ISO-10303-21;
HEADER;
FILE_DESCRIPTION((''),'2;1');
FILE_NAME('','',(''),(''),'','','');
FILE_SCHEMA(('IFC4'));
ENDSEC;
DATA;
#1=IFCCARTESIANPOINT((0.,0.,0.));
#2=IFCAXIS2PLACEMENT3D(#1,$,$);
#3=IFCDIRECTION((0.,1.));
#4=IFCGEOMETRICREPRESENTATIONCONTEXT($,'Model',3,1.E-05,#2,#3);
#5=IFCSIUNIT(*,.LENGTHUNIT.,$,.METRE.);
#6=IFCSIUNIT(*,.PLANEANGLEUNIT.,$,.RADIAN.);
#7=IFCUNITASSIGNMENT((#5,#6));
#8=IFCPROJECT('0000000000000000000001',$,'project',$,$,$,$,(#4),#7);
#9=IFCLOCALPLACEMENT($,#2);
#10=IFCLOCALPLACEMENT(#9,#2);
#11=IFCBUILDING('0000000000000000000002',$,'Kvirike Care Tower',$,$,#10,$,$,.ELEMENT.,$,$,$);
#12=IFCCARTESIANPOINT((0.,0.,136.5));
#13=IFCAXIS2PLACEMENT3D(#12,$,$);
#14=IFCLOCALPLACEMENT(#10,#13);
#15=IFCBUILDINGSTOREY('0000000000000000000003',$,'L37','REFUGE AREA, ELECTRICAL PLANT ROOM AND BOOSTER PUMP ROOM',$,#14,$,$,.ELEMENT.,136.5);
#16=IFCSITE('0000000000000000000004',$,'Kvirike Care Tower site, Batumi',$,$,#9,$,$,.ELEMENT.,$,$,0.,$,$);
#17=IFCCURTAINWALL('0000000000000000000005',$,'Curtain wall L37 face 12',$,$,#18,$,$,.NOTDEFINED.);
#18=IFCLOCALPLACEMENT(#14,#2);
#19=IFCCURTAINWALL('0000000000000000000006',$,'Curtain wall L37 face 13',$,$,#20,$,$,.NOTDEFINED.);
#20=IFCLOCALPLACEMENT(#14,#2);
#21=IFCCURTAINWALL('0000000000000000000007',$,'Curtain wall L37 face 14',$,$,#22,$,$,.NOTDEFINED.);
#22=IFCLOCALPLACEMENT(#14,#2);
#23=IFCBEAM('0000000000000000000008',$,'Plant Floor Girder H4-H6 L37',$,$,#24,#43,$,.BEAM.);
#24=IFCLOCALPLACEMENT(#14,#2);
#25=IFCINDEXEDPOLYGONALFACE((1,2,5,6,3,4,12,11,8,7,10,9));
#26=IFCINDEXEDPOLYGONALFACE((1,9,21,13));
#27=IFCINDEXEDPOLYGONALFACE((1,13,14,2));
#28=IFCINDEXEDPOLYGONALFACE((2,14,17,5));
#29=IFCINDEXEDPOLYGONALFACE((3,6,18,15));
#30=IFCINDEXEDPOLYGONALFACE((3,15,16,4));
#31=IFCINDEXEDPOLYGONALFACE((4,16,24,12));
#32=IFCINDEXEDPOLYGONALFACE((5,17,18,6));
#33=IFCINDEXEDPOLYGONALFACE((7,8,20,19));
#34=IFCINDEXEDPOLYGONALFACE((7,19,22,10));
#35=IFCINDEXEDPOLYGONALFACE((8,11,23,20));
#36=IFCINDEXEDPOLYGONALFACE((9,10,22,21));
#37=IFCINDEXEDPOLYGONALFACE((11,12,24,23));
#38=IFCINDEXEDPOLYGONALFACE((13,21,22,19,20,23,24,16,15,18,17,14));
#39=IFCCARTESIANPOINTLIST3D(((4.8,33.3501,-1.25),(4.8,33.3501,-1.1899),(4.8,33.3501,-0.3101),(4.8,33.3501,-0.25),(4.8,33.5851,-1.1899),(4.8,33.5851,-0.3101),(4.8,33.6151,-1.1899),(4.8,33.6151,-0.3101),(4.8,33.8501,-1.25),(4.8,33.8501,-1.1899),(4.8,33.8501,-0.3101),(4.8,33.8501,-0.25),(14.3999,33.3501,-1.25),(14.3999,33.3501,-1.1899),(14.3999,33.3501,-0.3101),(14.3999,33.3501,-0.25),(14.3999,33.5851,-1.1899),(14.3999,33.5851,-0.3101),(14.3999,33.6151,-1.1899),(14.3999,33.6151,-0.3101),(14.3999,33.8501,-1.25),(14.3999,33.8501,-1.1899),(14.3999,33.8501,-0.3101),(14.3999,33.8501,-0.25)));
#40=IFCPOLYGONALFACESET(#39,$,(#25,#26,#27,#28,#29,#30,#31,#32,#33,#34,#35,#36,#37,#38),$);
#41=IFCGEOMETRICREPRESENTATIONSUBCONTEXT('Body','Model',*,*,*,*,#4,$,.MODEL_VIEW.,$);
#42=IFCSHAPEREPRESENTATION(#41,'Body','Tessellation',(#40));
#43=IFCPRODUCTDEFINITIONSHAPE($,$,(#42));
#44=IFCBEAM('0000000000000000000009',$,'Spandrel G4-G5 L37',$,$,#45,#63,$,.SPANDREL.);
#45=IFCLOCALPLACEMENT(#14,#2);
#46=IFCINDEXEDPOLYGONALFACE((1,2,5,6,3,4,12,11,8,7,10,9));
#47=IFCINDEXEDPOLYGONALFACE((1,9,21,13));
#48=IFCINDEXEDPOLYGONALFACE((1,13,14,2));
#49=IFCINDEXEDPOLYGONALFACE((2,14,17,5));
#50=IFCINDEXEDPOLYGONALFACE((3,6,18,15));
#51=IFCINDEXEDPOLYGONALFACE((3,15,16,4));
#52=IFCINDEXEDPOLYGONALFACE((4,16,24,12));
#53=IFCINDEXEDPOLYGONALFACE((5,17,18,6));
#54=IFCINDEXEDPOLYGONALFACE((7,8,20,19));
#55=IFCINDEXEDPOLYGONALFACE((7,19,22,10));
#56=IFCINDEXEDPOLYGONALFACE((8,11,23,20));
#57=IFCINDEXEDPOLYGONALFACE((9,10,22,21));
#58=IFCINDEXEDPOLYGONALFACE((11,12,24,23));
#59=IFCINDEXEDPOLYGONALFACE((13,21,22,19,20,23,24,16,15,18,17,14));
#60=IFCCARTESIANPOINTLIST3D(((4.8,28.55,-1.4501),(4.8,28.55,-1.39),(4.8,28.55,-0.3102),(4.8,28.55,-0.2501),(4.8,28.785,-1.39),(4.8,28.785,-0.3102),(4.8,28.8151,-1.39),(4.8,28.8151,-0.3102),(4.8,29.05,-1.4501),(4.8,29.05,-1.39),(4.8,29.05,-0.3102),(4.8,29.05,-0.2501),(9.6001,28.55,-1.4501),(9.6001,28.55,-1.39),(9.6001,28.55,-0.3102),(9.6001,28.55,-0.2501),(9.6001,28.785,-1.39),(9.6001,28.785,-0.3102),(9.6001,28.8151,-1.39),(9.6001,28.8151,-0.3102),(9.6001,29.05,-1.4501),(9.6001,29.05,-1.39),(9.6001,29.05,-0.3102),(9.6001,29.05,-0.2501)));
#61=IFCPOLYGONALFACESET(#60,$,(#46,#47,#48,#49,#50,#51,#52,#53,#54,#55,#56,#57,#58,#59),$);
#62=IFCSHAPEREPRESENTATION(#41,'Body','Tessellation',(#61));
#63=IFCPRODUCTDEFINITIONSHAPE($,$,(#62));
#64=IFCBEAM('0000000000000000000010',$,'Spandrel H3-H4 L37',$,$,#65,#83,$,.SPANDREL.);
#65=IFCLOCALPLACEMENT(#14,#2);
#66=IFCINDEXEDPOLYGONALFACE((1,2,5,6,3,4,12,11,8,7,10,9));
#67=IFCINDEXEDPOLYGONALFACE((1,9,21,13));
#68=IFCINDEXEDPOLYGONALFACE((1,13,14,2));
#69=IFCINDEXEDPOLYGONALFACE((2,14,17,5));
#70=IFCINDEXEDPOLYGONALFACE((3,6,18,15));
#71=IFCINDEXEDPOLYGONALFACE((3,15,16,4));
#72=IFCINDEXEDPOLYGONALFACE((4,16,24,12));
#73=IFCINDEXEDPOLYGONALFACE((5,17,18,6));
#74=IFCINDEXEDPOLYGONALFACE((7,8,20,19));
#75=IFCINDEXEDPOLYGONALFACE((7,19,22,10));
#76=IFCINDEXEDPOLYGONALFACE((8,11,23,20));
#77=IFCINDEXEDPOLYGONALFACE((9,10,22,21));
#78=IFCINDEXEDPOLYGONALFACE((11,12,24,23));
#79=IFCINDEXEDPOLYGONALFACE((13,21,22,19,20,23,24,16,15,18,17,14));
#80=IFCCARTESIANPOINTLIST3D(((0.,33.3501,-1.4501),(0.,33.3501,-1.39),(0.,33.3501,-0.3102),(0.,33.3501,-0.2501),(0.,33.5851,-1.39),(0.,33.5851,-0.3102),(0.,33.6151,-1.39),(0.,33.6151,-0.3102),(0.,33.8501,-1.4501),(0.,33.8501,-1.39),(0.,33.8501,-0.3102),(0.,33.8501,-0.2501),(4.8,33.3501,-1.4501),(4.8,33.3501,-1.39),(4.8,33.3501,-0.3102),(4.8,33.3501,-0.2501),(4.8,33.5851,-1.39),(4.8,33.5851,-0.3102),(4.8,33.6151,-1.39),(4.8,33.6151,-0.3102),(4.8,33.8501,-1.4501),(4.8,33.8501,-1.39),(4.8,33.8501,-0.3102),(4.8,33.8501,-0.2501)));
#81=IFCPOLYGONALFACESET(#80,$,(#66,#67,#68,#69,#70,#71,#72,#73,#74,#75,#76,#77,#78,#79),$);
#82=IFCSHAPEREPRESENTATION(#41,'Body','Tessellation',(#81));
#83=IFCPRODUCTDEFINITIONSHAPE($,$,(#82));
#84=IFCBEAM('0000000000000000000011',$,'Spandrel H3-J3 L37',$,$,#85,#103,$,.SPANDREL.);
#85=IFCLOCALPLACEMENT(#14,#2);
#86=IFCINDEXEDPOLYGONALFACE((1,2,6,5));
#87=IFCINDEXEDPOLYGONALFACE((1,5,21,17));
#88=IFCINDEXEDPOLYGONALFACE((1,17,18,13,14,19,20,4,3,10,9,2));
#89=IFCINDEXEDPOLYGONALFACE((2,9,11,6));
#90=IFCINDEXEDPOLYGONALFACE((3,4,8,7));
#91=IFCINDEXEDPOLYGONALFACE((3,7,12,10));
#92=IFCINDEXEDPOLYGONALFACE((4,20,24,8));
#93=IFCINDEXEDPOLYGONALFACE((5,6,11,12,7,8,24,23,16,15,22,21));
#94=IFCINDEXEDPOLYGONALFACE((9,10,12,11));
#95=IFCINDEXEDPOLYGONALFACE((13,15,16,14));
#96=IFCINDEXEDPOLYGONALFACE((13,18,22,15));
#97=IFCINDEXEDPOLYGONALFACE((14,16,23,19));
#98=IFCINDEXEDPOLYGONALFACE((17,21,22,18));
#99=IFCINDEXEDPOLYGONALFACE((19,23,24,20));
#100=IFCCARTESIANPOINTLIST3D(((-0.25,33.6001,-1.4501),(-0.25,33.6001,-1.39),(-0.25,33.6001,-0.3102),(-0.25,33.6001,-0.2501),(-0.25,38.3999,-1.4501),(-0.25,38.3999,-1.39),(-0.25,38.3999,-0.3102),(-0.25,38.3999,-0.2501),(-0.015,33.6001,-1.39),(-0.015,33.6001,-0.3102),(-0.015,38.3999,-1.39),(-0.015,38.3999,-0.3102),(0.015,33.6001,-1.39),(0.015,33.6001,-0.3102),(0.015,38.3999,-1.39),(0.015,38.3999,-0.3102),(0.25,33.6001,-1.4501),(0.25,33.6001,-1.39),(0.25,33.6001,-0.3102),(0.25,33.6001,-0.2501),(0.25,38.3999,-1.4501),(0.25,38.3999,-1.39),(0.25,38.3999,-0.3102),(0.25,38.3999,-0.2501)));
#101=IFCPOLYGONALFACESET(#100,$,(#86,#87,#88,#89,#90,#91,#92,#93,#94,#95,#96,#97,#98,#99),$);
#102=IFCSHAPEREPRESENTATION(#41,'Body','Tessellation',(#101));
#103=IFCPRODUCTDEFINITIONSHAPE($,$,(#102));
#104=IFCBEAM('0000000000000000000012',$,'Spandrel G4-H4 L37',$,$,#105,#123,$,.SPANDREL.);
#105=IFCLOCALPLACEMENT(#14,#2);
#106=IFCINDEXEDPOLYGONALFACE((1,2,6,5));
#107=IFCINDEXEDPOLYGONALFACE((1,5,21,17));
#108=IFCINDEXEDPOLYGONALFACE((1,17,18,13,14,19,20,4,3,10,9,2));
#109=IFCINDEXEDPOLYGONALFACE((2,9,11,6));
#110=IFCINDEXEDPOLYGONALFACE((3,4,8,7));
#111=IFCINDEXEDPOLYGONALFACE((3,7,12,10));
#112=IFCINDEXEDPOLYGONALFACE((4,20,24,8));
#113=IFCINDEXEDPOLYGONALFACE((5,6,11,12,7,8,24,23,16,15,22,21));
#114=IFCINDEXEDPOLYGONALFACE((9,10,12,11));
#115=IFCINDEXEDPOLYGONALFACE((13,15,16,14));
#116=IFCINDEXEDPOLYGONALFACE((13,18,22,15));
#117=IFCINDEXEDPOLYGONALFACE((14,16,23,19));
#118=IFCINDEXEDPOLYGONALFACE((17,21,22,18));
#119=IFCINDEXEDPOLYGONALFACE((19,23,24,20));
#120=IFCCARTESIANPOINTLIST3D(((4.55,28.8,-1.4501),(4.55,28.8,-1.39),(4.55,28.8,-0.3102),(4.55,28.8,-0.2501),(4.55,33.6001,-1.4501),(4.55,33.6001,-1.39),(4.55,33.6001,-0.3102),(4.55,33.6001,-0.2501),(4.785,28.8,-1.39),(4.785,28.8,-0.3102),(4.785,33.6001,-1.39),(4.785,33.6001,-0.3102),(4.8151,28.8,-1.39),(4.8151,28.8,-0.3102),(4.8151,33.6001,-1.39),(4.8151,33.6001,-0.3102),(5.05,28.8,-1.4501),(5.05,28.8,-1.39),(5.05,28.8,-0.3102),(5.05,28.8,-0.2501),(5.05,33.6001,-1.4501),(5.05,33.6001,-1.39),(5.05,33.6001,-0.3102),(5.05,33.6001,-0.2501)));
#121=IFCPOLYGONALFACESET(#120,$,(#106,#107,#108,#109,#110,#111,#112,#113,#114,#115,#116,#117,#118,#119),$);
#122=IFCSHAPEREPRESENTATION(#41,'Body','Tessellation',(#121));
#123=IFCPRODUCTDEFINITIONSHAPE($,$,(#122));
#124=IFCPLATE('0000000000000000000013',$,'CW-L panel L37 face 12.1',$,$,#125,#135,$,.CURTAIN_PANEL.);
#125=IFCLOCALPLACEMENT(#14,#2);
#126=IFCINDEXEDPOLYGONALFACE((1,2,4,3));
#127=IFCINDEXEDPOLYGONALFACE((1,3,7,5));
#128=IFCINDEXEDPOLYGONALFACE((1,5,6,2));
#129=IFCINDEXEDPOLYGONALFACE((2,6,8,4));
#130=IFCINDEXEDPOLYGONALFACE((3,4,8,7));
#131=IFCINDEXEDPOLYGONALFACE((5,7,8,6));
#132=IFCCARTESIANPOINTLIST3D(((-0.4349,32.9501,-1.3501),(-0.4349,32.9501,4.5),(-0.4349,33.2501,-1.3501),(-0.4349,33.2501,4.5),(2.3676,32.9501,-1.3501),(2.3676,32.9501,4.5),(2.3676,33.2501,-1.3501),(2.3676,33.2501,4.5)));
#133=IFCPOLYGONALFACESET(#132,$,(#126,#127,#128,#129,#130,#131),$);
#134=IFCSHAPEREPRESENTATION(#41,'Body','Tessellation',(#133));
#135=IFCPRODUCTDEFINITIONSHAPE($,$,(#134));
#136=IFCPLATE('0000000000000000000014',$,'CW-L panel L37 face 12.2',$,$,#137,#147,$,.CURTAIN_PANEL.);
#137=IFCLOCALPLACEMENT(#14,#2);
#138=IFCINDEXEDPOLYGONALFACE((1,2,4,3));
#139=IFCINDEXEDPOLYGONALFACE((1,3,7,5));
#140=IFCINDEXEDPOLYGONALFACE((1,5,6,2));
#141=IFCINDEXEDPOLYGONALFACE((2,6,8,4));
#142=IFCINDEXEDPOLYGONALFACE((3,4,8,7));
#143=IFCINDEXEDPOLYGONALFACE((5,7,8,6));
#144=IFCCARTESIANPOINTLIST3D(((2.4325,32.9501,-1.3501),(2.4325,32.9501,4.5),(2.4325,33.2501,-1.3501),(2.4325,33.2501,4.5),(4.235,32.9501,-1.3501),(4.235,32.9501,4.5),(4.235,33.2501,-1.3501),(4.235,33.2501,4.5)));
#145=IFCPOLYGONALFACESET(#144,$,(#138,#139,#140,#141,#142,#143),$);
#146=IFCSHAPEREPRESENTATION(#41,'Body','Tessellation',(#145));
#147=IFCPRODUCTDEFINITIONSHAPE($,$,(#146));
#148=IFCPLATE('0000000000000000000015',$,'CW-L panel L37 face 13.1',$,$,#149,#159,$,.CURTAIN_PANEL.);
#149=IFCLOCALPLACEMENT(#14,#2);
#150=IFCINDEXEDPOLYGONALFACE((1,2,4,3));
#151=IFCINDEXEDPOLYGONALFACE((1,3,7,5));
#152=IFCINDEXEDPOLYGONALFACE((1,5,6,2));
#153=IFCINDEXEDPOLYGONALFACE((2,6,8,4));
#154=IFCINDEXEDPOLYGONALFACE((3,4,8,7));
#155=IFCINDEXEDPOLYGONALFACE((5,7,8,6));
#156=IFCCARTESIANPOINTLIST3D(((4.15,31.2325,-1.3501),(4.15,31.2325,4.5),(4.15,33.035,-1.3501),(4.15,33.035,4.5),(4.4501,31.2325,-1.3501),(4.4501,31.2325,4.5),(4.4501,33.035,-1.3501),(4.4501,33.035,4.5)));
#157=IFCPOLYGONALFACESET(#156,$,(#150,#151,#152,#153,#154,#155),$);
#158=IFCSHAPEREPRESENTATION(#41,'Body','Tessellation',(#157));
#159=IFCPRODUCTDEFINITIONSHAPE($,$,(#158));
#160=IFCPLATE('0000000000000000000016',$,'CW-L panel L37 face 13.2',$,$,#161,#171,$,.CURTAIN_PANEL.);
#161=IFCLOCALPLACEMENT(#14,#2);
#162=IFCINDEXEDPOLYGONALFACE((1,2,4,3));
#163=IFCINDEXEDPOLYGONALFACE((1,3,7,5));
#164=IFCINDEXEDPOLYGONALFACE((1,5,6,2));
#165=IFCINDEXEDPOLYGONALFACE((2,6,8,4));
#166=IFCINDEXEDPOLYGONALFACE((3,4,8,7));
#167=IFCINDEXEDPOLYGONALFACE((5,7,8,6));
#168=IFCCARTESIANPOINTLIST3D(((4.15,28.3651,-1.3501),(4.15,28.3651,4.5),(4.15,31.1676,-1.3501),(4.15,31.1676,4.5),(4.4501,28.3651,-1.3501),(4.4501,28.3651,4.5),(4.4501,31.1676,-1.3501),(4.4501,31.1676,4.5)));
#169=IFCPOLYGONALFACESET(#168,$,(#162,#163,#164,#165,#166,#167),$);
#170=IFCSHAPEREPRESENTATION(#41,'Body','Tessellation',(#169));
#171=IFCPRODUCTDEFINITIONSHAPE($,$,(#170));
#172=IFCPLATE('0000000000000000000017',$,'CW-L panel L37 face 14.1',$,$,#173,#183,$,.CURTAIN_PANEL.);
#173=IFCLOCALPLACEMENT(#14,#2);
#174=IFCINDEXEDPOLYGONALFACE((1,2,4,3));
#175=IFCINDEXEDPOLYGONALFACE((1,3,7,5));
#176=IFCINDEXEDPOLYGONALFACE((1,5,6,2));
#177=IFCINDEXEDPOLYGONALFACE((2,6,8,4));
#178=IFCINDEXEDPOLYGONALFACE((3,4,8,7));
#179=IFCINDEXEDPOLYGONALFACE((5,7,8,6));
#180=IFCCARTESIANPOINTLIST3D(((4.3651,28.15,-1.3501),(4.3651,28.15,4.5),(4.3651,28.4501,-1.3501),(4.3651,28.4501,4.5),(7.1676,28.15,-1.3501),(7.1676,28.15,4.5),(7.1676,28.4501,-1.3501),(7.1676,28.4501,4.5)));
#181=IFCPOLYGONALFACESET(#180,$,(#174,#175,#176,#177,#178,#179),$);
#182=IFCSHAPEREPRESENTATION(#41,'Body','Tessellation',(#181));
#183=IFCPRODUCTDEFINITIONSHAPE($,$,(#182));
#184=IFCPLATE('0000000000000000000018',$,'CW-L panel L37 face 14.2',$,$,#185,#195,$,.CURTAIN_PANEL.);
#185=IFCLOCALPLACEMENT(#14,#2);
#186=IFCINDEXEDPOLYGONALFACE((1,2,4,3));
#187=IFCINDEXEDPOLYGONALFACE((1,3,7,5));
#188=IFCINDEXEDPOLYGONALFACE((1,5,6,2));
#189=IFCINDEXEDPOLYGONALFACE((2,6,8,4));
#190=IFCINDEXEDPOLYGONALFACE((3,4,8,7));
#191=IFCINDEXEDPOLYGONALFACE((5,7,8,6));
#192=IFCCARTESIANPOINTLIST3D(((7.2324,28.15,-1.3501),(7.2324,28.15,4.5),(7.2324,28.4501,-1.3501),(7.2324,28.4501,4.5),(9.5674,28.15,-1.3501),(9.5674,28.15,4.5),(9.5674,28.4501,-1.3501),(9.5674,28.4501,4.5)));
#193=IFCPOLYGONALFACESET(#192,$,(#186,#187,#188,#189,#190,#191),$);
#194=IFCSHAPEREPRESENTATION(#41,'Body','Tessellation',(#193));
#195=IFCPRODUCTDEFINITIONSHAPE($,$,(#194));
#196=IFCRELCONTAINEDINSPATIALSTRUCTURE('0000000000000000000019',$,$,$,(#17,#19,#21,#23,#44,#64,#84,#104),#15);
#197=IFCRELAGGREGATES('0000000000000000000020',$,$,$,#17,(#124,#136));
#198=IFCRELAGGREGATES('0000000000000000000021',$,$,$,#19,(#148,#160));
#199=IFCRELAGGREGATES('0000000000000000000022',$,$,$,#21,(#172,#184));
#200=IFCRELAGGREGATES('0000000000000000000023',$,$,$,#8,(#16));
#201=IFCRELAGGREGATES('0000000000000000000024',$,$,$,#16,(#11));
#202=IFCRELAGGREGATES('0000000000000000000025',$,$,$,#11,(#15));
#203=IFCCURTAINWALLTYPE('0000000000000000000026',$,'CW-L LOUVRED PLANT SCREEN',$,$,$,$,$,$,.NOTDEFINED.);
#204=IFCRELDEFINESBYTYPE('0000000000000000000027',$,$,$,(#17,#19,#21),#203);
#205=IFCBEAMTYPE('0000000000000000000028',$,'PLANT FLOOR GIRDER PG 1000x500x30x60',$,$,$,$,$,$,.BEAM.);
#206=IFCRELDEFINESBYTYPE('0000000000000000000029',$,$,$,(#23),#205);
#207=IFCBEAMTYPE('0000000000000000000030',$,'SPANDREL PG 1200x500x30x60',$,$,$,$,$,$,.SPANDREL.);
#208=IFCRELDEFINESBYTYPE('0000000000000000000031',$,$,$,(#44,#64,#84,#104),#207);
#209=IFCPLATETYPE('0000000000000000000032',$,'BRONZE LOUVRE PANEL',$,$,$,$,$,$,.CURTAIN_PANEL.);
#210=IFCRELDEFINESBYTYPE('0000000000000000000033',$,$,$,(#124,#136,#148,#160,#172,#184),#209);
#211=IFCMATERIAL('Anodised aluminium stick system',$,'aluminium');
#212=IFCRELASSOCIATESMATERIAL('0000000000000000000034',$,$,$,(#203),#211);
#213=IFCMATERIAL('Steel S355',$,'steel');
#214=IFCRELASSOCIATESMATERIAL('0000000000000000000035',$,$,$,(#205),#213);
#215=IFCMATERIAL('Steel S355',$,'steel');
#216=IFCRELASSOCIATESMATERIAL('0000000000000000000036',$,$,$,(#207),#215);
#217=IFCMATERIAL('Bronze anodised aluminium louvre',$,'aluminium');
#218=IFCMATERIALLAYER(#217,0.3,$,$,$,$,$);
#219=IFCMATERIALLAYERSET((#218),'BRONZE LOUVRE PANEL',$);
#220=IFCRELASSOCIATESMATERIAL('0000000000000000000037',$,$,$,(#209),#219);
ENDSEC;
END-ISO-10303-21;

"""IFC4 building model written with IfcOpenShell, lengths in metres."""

from ifc_helpers import new_model, si_unit, direction, frame, origin, origin_2d, place, context, subcontext, project, spatial, rectangle, i_section, extrude, material, layer, layer_set, material_profile, profile_set, type_object, element, aggregate, save


model = new_model("IFC4")

# Units and contexts
model_context = context("Model", 3, precision=1e-05, world=origin(), true_north=direction((0.0, 1.0)))
body_context = subcontext(model_context, "Body", "Model", "MODEL_VIEW")
ifc_project = project(units=[si_unit("LENGTHUNIT", "METRE"), si_unit("PLANEANGLEUNIT", "RADIAN")], contexts=[model_context])

# Site, building, storey
site_placement = place(None, origin())
site = spatial("IfcSite", under=ifc_project, at=site_placement, Name="Kvirike Care Tower site, Batumi", CompositionType="ELEMENT", RefElevation=0.0)
building_placement = place(site_placement, origin())
building = spatial("IfcBuilding", under=site, at=building_placement, Name="Kvirike Care Tower", CompositionType="ELEMENT")
storey_placement = place(building_placement, frame((0.0, 0.0, 136.5)))
storey = spatial("IfcBuildingStorey", under=building, at=storey_placement, Name="L37", Description="REFUGE AREA, ELECTRICAL PLANT ROOM AND BOOSTER PUMP ROOM", CompositionType="ELEMENT", Elevation=136.5)

# Shared definitions
ifc_material_1 = material(Name="Anodised aluminium stick system", Category="aluminium")
curtain_wall_type = type_object("IfcCurtainWallType", Name="CW-L LOUVRED PLANT SCREEN", PredefinedType="NOTDEFINED", material=ifc_material_1)

# Curtain walls
curtain_wall_1_placement = place(storey_placement, origin())
curtain_wall_1 = element("IfcCurtainWall", 1, at=curtain_wall_1_placement, inside=storey, type_object=curtain_wall_type, Name="Curtain wall L37 face 12", PredefinedType="NOTDEFINED")
curtain_wall_2_placement = place(storey_placement, origin())
curtain_wall_2 = element("IfcCurtainWall", 2, at=curtain_wall_2_placement, inside=storey, type_object=curtain_wall_type, Name="Curtain wall L37 face 13", PredefinedType="NOTDEFINED")
curtain_wall_3_placement = place(storey_placement, origin())
curtain_wall_3 = element("IfcCurtainWall", 3, at=curtain_wall_3_placement, inside=storey, type_object=curtain_wall_type, Name="Curtain wall L37 face 14", PredefinedType="NOTDEFINED")

# Beams
ifc_material_2 = material(Name="Steel S355", Category="steel")
ifc_material_profile_1 = material_profile(ifc_material_2, i_section(OverallWidth=0.5, OverallDepth=1.0, WebThickness=0.03, FlangeThickness=0.0601, at=origin_2d()), Name="PG 1000x500x30x60")
ifc_profile_set_1 = profile_set([ifc_material_profile_1], Name="Steel S355")
beam_type_1 = type_object("IfcBeamType", Name="PLANT FLOOR GIRDER PG 1000x500x30x60", PredefinedType="BEAM", material=ifc_profile_set_1)
beam_1_placement = place(storey_placement, frame((4.8, 33.6001, -0.75), z_axis=(1.0, 0.0, 0.0), x_axis=(0.0, 1.0, 0.0)))
element("IfcBeam", 4, at=beam_1_placement, inside=storey, type_object=beam_type_1, Name="Plant Floor Girder H4-H6 L37", PredefinedType="BEAM", context=body_context, shape_type="SweptSolid", body=[
    extrude(i_section(OverallWidth=0.5, OverallDepth=1.0, WebThickness=0.03, FlangeThickness=0.0601, at=origin_2d()), origin(), (0.0, 0.0, 1.0), 9.5999),
])
ifc_material_3 = material(Name="Steel S355", Category="steel")
ifc_material_profile_2 = material_profile(ifc_material_3, i_section(OverallWidth=0.5, OverallDepth=1.2, WebThickness=0.03, FlangeThickness=0.0601, at=origin_2d()), Name="PG 1200x500x30x60")
ifc_profile_set_2 = profile_set([ifc_material_profile_2], Name="Steel S355")
beam_type_2 = type_object("IfcBeamType", Name="SPANDREL PG 1200x500x30x60", PredefinedType="SPANDREL", material=ifc_profile_set_2)
for number, where, z_axis, x_axis, name in (
    (5, (4.8, 28.8, -0.8501), (1.0, 0.0, 0.0), (0.0, 1.0, 0.0), "Spandrel G4-G5 L37"),
    (6, (0.0, 33.6001, -0.8501), (1.0, 0.0, 0.0), (0.0, 1.0, 0.0), "Spandrel H3-H4 L37"),
):
    element("IfcBeam", number, at=place(storey_placement, frame(where, z_axis=z_axis, x_axis=x_axis)), inside=storey, type_object=beam_type_2, Name=name, PredefinedType="SPANDREL", context=body_context, shape_type="SweptSolid", body=[
        extrude(i_section(OverallWidth=0.5, OverallDepth=1.2, WebThickness=0.03, FlangeThickness=0.0601, at=origin_2d()), origin(), (0.0, 0.0, 1.0), 4.8),
    ])
beam_2_placement = place(storey_placement, frame((0.0, 33.6001, -0.8501), z_axis=(0.0, 1.0, 0.0), x_axis=(-1.0, 0.0, 0.0)))
element("IfcBeam", 7, at=beam_2_placement, inside=storey, type_object=beam_type_2, Name="Spandrel H3-J3 L37", PredefinedType="SPANDREL", context=body_context, shape_type="SweptSolid", body=[
    extrude(i_section(OverallWidth=0.5, OverallDepth=1.2, WebThickness=0.03, FlangeThickness=0.0601, at=origin_2d()), origin(), (0.0, 0.0, 1.0), 4.7998),
])
beam_3_placement = place(storey_placement, frame((4.8, 28.8, -0.8501), z_axis=(0.0, 1.0, 0.0), x_axis=(-1.0, 0.0, 0.0)))
element("IfcBeam", 8, at=beam_3_placement, inside=storey, type_object=beam_type_2, Name="Spandrel G4-H4 L37", PredefinedType="SPANDREL", context=body_context, shape_type="SweptSolid", body=[
    extrude(i_section(OverallWidth=0.5, OverallDepth=1.2, WebThickness=0.03, FlangeThickness=0.0601, at=origin_2d()), origin(), (0.0, 0.0, 1.0), 4.8),
])

# Plates
ifc_material_4 = material(Name="Bronze anodised aluminium louvre", Category="aluminium")
ifc_layer = layer(ifc_material_4, 0.3)
ifc_layer_set = layer_set([ifc_layer], Name="BRONZE LOUVRE PANEL")
plate_type = type_object("IfcPlateType", Name="BRONZE LOUVRE PANEL", PredefinedType="CURTAIN_PANEL", material=ifc_layer_set)
plate_1_placement = place(storey_placement, frame((0.9663, 33.1001, -1.3501), z_axis=(0.0, 0.0, 1.0), x_axis=(1.0, 0.0, 0.0)))
plate_1 = element("IfcPlate", 9, at=plate_1_placement, type_object=plate_type, Name="CW-L panel L37 face 12.1", PredefinedType="CURTAIN_PANEL", context=body_context, shape_type="SweptSolid", body=[
    extrude(rectangle(XDim=2.8025, YDim=0.3, at=origin_2d()), origin(), (0.0, 0.0, 1.0), 5.8501),
])
plate_2_placement = place(storey_placement, frame((3.3337, 33.1001, -1.3501), z_axis=(0.0, 0.0, 1.0), x_axis=(1.0, 0.0, 0.0)))
plate_2 = element("IfcPlate", 10, at=plate_2_placement, type_object=plate_type, Name="CW-L panel L37 face 12.2", PredefinedType="CURTAIN_PANEL", context=body_context, shape_type="SweptSolid", body=[
    extrude(rectangle(XDim=1.8025, YDim=0.3, at=origin_2d()), origin(), (0.0, 0.0, 1.0), 5.8501),
])
aggregate(curtain_wall_1, [plate_1, plate_2])
plate_3_placement = place(storey_placement, frame((4.3, 32.1338, -1.3501), z_axis=(0.0, 0.0, 1.0), x_axis=(0.0, -1.0, 0.0)))
plate_3 = element("IfcPlate", 11, at=plate_3_placement, type_object=plate_type, Name="CW-L panel L37 face 13.1", PredefinedType="CURTAIN_PANEL", context=body_context, shape_type="SweptSolid", body=[
    extrude(rectangle(XDim=1.8025, YDim=0.3, at=origin_2d()), origin(), (0.0, 0.0, 1.0), 5.8501),
])
plate_4_placement = place(storey_placement, frame((4.3, 29.7664, -1.3501), z_axis=(0.0, 0.0, 1.0), x_axis=(0.0, -1.0, 0.0)))
plate_4 = element("IfcPlate", 12, at=plate_4_placement, type_object=plate_type, Name="CW-L panel L37 face 13.2", PredefinedType="CURTAIN_PANEL", context=body_context, shape_type="SweptSolid", body=[
    extrude(rectangle(XDim=2.8025, YDim=0.3, at=origin_2d()), origin(), (0.0, 0.0, 1.0), 5.8501),
])
aggregate(curtain_wall_2, [plate_3, plate_4])
plate_5_placement = place(storey_placement, frame((5.7664, 28.3, -1.3501), z_axis=(0.0, 0.0, 1.0), x_axis=(1.0, 0.0, 0.0)))
plate_5 = element("IfcPlate", 13, at=plate_5_placement, type_object=plate_type, Name="CW-L panel L37 face 14.1", PredefinedType="CURTAIN_PANEL", context=body_context, shape_type="SweptSolid", body=[
    extrude(rectangle(XDim=2.8025, YDim=0.3, at=origin_2d()), origin(), (0.0, 0.0, 1.0), 5.8501),
])
plate_6_placement = place(storey_placement, frame((8.3999, 28.3, -1.3501), z_axis=(0.0, 0.0, 1.0), x_axis=(1.0, 0.0, 0.0)))
plate_6 = element("IfcPlate", 14, at=plate_6_placement, type_object=plate_type, Name="CW-L panel L37 face 14.2", PredefinedType="CURTAIN_PANEL", context=body_context, shape_type="SweptSolid", body=[
    extrude(rectangle(XDim=2.335, YDim=0.3, at=origin_2d()), origin(), (0.0, 0.0, 1.0), 5.8501),
])
aggregate(curtain_wall_3, [plate_5, plate_6])

save(model, "model.ifc")
